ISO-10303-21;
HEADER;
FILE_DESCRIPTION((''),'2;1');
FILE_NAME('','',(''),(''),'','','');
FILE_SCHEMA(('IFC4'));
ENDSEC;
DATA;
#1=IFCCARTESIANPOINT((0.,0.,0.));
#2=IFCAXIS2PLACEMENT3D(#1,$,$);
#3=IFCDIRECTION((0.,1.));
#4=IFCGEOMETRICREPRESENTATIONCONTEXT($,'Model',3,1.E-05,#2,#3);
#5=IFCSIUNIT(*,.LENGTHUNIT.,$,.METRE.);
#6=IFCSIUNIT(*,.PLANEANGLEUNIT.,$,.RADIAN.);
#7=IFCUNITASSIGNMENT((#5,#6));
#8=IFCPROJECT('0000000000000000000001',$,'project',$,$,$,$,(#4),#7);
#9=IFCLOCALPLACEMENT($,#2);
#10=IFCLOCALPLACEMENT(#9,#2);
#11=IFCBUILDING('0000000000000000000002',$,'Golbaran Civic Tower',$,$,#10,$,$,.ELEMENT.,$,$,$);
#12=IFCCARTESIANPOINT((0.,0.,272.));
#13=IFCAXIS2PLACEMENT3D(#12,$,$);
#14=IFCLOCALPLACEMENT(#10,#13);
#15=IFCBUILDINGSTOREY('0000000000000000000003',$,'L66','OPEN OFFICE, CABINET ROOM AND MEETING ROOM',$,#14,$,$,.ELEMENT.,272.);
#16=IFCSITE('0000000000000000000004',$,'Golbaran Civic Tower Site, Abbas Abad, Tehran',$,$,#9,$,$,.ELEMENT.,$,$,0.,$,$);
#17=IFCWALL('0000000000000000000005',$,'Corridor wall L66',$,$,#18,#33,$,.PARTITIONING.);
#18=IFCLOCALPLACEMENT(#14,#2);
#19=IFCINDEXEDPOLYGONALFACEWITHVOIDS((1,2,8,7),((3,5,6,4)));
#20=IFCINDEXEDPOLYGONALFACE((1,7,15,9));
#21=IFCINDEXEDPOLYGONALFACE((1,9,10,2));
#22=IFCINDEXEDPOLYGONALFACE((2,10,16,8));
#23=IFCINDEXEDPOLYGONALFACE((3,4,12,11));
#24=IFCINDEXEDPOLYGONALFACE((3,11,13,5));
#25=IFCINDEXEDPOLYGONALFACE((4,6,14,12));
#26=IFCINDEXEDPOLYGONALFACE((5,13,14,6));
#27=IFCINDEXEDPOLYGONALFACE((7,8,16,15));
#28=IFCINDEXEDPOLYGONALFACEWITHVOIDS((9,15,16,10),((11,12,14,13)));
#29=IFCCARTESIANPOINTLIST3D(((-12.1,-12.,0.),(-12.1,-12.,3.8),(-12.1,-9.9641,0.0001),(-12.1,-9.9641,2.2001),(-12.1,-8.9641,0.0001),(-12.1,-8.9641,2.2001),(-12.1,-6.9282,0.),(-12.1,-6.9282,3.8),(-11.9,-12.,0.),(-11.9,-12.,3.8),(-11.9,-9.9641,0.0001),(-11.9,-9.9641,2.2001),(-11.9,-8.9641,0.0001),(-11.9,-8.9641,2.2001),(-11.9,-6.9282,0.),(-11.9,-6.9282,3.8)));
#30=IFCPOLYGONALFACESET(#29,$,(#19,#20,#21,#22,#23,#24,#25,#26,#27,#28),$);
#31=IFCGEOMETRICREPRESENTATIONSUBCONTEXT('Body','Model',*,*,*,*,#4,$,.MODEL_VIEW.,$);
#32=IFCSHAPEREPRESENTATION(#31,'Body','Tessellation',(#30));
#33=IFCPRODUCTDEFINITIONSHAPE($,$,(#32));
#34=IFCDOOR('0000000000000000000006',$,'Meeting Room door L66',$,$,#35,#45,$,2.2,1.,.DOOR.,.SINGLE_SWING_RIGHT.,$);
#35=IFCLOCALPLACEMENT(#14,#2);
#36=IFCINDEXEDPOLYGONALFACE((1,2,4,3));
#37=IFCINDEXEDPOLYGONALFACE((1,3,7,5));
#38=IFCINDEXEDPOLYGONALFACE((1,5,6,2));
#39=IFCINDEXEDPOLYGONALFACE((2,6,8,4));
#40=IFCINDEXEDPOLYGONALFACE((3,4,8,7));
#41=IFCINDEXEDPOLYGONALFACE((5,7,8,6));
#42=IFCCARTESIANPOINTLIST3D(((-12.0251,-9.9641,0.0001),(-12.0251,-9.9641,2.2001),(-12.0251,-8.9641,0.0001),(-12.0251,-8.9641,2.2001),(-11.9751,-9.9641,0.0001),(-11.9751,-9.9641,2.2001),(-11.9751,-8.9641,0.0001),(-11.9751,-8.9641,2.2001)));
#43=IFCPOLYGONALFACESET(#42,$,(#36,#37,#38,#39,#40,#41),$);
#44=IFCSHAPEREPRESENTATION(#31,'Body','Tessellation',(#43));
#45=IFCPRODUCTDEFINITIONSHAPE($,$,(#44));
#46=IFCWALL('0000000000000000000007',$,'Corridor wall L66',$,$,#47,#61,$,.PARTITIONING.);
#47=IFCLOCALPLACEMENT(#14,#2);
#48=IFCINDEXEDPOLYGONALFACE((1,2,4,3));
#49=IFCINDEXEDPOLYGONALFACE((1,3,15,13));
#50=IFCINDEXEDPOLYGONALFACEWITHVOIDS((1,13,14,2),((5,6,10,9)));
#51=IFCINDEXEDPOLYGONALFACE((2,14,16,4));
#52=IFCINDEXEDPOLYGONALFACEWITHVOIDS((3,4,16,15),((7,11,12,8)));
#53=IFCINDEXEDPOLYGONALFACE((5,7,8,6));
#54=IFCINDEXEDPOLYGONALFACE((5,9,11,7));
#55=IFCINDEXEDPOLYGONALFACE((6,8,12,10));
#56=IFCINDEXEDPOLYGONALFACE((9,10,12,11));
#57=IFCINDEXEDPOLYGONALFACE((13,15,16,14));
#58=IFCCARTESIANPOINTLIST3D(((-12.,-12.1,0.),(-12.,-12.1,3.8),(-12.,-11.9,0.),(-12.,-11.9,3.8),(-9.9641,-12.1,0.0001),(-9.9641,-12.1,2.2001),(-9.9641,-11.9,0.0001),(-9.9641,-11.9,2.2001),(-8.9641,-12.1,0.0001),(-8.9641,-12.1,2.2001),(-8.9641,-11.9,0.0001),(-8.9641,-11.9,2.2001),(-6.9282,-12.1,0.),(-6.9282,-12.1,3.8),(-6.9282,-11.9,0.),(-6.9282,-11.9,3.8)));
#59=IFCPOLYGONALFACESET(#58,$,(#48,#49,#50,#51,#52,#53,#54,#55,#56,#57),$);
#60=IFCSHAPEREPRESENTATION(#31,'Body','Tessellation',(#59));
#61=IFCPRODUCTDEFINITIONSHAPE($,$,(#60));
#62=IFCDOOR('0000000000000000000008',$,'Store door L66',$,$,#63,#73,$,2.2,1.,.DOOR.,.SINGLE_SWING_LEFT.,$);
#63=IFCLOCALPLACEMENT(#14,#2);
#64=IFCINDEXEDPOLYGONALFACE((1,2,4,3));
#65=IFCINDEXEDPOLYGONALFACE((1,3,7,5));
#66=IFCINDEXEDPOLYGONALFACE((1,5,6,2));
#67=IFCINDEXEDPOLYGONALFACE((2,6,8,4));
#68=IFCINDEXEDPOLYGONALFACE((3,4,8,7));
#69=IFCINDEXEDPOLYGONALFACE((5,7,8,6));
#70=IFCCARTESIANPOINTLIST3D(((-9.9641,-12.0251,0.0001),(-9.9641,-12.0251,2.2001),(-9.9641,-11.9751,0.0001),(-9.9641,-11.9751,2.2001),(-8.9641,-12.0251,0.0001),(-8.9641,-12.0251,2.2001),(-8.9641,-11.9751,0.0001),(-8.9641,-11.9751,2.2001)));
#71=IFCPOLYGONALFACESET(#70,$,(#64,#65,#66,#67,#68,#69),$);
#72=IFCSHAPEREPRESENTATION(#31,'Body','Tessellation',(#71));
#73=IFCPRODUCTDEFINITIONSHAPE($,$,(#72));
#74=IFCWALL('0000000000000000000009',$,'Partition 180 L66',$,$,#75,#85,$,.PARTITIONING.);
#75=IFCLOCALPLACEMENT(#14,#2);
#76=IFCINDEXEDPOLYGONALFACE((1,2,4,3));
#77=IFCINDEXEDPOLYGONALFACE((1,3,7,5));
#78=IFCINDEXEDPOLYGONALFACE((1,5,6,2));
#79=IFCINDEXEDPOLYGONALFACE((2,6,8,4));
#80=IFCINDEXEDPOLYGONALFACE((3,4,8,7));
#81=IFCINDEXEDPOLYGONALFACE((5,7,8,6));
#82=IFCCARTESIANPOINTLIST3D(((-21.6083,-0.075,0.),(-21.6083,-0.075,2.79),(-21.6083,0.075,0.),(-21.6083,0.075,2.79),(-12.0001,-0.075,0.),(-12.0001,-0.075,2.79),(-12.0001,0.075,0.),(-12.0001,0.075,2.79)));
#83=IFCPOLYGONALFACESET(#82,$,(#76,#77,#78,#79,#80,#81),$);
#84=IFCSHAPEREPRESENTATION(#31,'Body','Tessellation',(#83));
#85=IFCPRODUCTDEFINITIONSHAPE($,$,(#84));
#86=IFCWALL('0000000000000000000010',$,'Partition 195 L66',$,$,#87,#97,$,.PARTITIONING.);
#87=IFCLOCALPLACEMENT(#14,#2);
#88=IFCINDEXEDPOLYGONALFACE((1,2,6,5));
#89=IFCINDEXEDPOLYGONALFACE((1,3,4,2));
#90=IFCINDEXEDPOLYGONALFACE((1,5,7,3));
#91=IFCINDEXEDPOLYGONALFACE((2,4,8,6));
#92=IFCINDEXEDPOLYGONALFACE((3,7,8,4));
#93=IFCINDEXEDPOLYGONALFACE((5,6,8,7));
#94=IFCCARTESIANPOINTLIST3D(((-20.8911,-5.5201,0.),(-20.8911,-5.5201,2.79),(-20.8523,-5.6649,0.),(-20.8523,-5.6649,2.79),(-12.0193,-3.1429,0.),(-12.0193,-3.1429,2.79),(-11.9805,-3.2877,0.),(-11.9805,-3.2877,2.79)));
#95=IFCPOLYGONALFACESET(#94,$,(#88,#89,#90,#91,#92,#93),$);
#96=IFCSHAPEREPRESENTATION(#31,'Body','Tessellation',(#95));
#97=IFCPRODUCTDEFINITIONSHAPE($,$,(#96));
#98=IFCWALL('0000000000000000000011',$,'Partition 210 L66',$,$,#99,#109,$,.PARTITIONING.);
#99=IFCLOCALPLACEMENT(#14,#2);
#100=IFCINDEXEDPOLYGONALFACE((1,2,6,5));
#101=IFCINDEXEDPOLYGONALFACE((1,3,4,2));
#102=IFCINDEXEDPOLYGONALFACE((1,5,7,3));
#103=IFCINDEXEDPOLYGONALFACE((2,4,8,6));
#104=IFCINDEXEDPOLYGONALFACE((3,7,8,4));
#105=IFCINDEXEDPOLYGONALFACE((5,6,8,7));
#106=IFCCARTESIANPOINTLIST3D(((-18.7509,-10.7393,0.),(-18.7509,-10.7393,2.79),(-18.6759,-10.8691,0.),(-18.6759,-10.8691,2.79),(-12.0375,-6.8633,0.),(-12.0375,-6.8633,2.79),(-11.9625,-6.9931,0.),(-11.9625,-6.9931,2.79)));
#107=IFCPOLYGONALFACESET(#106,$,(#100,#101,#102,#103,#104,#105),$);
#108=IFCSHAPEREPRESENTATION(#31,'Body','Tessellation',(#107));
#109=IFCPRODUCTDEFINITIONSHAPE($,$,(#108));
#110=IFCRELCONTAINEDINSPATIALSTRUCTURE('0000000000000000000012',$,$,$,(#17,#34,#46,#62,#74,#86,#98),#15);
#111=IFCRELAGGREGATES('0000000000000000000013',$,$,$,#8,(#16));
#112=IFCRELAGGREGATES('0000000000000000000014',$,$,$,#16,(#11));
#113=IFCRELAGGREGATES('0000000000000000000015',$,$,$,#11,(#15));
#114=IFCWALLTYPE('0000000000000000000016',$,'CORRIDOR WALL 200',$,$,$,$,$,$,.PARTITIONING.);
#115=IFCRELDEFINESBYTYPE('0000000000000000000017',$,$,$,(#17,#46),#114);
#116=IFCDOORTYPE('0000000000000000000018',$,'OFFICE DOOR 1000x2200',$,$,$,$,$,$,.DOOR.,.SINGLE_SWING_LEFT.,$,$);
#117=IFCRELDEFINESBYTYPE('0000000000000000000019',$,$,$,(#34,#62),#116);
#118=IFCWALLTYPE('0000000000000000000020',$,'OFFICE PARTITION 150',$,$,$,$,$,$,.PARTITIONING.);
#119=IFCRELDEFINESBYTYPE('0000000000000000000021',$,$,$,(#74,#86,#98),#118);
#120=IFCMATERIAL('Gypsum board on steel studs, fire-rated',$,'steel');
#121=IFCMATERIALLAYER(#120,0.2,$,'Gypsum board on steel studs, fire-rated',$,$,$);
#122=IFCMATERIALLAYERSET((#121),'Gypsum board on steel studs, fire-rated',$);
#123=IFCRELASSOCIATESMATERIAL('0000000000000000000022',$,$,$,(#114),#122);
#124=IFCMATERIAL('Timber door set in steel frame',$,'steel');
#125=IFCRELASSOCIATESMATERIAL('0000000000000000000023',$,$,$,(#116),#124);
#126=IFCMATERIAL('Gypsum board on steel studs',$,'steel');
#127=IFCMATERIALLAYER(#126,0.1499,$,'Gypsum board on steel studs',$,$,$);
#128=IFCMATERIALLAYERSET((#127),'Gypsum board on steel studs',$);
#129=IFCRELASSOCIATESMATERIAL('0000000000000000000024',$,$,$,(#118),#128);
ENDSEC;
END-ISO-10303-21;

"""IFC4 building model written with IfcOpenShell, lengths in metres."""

from ifc_helpers import new_model, si_unit, direction, frame, frame_2d, origin, place, context, subcontext, project, spatial, rectangle, extrude, material, layer, layer_set, type_object, element, fill, save


model = new_model("IFC4")

# Units and contexts
model_context = context("Model", 3, precision=1e-05, world=origin(), true_north=direction((0.0, 1.0)))
body_context = subcontext(model_context, "Body", "Model", "MODEL_VIEW")
ifc_project = project(units=[si_unit("LENGTHUNIT", "METRE"), si_unit("PLANEANGLEUNIT", "RADIAN")], contexts=[model_context])

# Site, building, storey
site_placement = place(None, origin())
site = spatial("IfcSite", under=ifc_project, at=site_placement, Name="Golbaran Civic Tower Site, Abbas Abad, Tehran", CompositionType="ELEMENT", RefElevation=0.0)
building_placement = place(site_placement, origin())
building = spatial("IfcBuilding", under=site, at=building_placement, Name="Golbaran Civic Tower", CompositionType="ELEMENT")
storey_placement = place(building_placement, frame((0.0, 0.0, 272.0)))
storey = spatial("IfcBuildingStorey", under=building, at=storey_placement, Name="L66", Description="OPEN OFFICE, CABINET ROOM AND MEETING ROOM", CompositionType="ELEMENT", Elevation=272.0)

# Walls, openings, doors
ifc_material_1 = material(Name="Gypsum board on steel studs, fire-rated", Category="steel")
ifc_layer_1 = layer(ifc_material_1, 0.2, Name="Gypsum board on steel studs, fire-rated")
ifc_layer_set_1 = layer_set([ifc_layer_1], Name="Gypsum board on steel studs, fire-rated")
wall_type_1 = type_object("IfcWallType", Name="CORRIDOR WALL 200", PredefinedType="PARTITIONING", material=ifc_layer_set_1)
ifc_material_2 = material(Name="Timber door set in steel frame", Category="steel")
wall_1_placement = place(storey_placement, frame((-12.0, -6.9282, 0.0), z_axis=(0.0, 0.0, 1.0), x_axis=(0.0, -1.0, 0.0)))
wall_1 = element("IfcWall", 1, at=wall_1_placement, inside=storey, type_object=wall_type_1, Name="Corridor wall L66", PredefinedType="PARTITIONING", context=body_context, shape_type="SweptSolid", body=[
    extrude(rectangle(XDim=5.0718, YDim=0.2, at=frame_2d((2.5359, 0.0))), origin(), (0.0, 0.0, 1.0), 3.8),
])
opening_1_placement = place(wall_1_placement, frame((2.0359, 0.0, 0.0)))
opening_1 = element("IfcOpeningElement", 2, at=opening_1_placement, cuts=wall_1, PredefinedType="OPENING", context=body_context, shape_type="SweptSolid", body=[
    extrude(rectangle(XDim=1.0, YDim=2.2, at=frame_2d((0.5, 1.1001))), frame((0.0, 0.1099, 0.0), z_axis=(0.0, -1.0, 0.0), x_axis=(1.0, 0.0, 0.0)), (0.0, 0.0, 1.0), 0.22),
])
door_type_1 = type_object("IfcDoorType", Name="OFFICE DOOR 1000x2200", OperationType="SINGLE_SWING_LEFT", PredefinedType="DOOR", material=ifc_material_2)
door_1_placement = place(opening_1_placement, origin())
door_1 = element("IfcDoor", 3, at=door_1_placement, inside=storey, type_object=door_type_1, Name="Meeting Room door L66", OperationType="SINGLE_SWING_RIGHT", OverallHeight=2.2, OverallWidth=1.0, PredefinedType="DOOR", context=body_context, shape_type="SweptSolid", body=[
    extrude(rectangle(XDim=1.0, YDim=2.2, at=frame_2d((0.5, 1.1001))), frame((0.0, 0.0249, 0.0), z_axis=(0.0, -1.0, 0.0), x_axis=(1.0, 0.0, 0.0)), (0.0, 0.0, 1.0), 0.05),
])
fill(opening_1, door_1)
wall_2_placement = place(storey_placement, frame((-12.0, -12.0, 0.0), z_axis=(0.0, 0.0, 1.0), x_axis=(1.0, 0.0, 0.0)))
wall_2 = element("IfcWall", 4, at=wall_2_placement, inside=storey, type_object=wall_type_1, Name="Corridor wall L66", PredefinedType="PARTITIONING", context=body_context, shape_type="SweptSolid", body=[
    extrude(rectangle(XDim=5.0718, YDim=0.2, at=frame_2d((2.5359, 0.0))), origin(), (0.0, 0.0, 1.0), 3.8),
])
opening_2_placement = place(wall_2_placement, frame((2.0359, 0.0, 0.0)))
opening_2 = element("IfcOpeningElement", 5, at=opening_2_placement, cuts=wall_2, PredefinedType="OPENING", context=body_context, shape_type="SweptSolid", body=[
    extrude(rectangle(XDim=1.0, YDim=2.2, at=frame_2d((0.5, 1.1001))), frame((0.0, 0.1099, 0.0), z_axis=(0.0, -1.0, 0.0), x_axis=(1.0, 0.0, 0.0)), (0.0, 0.0, 1.0), 0.22),
])
door_2_placement = place(opening_2_placement, origin())
door_2 = element("IfcDoor", 6, at=door_2_placement, inside=storey, type_object=door_type_1, Name="Store door L66", OperationType="SINGLE_SWING_LEFT", OverallHeight=2.2, OverallWidth=1.0, PredefinedType="DOOR", context=body_context, shape_type="SweptSolid", body=[
    extrude(rectangle(XDim=1.0, YDim=2.2, at=frame_2d((0.5, 1.1001))), frame((0.0, 0.0249, 0.0), z_axis=(0.0, -1.0, 0.0), x_axis=(1.0, 0.0, 0.0)), (0.0, 0.0, 1.0), 0.05),
])
fill(opening_2, door_2)

# Walls
ifc_material_3 = material(Name="Gypsum board on steel studs", Category="steel")
ifc_layer_2 = layer(ifc_material_3, 0.1499, Name="Gypsum board on steel studs")
ifc_layer_set_2 = layer_set([ifc_layer_2], Name="Gypsum board on steel studs")
wall_type_2 = type_object("IfcWallType", Name="OFFICE PARTITION 150", PredefinedType="PARTITIONING", material=ifc_layer_set_2)
wall_3_placement = place(storey_placement, frame((-12.0, 0.0, 0.0), z_axis=(0.0, 0.0, 1.0), x_axis=(-1.0, 0.0, 0.0)))
element("IfcWall", 7, at=wall_3_placement, inside=storey, type_object=wall_type_2, Name="Partition 180 L66", PredefinedType="PARTITIONING", context=body_context, shape_type="SweptSolid", body=[
    extrude(rectangle(XDim=9.6082, YDim=0.1499, at=frame_2d((4.8042, 0.0))), origin(), (0.0, 0.0, 1.0), 2.79),
])
wall_4_placement = place(storey_placement, frame((-12.0, -3.2153, 0.0), z_axis=(0.0, 0.0, 1.0), x_axis=(-0.965926, -0.258819, 0.0)))
element("IfcWall", 8, at=wall_4_placement, inside=storey, type_object=wall_type_2, Name="Partition 195 L66", PredefinedType="PARTITIONING", context=body_context, shape_type="SweptSolid", body=[
    extrude(rectangle(XDim=9.1848, YDim=0.1499, at=frame_2d((4.5923, 0.0))), origin(), (0.0, 0.0, 1.0), 2.79),
])
wall_5_placement = place(storey_placement, frame((-12.0, -6.9282, 0.0), z_axis=(0.0, 0.0, 1.0), x_axis=(-0.866025, -0.500001, 0.0)))
element("IfcWall", 9, at=wall_5_placement, inside=storey, type_object=wall_type_2, Name="Partition 210 L66", PredefinedType="PARTITIONING", context=body_context, shape_type="SweptSolid", body=[
    extrude(rectangle(XDim=7.752, YDim=0.1499, at=frame_2d((3.876, 0.0))), origin(), (0.0, 0.0, 1.0), 2.79),
])

save(model, "model.ifc")
